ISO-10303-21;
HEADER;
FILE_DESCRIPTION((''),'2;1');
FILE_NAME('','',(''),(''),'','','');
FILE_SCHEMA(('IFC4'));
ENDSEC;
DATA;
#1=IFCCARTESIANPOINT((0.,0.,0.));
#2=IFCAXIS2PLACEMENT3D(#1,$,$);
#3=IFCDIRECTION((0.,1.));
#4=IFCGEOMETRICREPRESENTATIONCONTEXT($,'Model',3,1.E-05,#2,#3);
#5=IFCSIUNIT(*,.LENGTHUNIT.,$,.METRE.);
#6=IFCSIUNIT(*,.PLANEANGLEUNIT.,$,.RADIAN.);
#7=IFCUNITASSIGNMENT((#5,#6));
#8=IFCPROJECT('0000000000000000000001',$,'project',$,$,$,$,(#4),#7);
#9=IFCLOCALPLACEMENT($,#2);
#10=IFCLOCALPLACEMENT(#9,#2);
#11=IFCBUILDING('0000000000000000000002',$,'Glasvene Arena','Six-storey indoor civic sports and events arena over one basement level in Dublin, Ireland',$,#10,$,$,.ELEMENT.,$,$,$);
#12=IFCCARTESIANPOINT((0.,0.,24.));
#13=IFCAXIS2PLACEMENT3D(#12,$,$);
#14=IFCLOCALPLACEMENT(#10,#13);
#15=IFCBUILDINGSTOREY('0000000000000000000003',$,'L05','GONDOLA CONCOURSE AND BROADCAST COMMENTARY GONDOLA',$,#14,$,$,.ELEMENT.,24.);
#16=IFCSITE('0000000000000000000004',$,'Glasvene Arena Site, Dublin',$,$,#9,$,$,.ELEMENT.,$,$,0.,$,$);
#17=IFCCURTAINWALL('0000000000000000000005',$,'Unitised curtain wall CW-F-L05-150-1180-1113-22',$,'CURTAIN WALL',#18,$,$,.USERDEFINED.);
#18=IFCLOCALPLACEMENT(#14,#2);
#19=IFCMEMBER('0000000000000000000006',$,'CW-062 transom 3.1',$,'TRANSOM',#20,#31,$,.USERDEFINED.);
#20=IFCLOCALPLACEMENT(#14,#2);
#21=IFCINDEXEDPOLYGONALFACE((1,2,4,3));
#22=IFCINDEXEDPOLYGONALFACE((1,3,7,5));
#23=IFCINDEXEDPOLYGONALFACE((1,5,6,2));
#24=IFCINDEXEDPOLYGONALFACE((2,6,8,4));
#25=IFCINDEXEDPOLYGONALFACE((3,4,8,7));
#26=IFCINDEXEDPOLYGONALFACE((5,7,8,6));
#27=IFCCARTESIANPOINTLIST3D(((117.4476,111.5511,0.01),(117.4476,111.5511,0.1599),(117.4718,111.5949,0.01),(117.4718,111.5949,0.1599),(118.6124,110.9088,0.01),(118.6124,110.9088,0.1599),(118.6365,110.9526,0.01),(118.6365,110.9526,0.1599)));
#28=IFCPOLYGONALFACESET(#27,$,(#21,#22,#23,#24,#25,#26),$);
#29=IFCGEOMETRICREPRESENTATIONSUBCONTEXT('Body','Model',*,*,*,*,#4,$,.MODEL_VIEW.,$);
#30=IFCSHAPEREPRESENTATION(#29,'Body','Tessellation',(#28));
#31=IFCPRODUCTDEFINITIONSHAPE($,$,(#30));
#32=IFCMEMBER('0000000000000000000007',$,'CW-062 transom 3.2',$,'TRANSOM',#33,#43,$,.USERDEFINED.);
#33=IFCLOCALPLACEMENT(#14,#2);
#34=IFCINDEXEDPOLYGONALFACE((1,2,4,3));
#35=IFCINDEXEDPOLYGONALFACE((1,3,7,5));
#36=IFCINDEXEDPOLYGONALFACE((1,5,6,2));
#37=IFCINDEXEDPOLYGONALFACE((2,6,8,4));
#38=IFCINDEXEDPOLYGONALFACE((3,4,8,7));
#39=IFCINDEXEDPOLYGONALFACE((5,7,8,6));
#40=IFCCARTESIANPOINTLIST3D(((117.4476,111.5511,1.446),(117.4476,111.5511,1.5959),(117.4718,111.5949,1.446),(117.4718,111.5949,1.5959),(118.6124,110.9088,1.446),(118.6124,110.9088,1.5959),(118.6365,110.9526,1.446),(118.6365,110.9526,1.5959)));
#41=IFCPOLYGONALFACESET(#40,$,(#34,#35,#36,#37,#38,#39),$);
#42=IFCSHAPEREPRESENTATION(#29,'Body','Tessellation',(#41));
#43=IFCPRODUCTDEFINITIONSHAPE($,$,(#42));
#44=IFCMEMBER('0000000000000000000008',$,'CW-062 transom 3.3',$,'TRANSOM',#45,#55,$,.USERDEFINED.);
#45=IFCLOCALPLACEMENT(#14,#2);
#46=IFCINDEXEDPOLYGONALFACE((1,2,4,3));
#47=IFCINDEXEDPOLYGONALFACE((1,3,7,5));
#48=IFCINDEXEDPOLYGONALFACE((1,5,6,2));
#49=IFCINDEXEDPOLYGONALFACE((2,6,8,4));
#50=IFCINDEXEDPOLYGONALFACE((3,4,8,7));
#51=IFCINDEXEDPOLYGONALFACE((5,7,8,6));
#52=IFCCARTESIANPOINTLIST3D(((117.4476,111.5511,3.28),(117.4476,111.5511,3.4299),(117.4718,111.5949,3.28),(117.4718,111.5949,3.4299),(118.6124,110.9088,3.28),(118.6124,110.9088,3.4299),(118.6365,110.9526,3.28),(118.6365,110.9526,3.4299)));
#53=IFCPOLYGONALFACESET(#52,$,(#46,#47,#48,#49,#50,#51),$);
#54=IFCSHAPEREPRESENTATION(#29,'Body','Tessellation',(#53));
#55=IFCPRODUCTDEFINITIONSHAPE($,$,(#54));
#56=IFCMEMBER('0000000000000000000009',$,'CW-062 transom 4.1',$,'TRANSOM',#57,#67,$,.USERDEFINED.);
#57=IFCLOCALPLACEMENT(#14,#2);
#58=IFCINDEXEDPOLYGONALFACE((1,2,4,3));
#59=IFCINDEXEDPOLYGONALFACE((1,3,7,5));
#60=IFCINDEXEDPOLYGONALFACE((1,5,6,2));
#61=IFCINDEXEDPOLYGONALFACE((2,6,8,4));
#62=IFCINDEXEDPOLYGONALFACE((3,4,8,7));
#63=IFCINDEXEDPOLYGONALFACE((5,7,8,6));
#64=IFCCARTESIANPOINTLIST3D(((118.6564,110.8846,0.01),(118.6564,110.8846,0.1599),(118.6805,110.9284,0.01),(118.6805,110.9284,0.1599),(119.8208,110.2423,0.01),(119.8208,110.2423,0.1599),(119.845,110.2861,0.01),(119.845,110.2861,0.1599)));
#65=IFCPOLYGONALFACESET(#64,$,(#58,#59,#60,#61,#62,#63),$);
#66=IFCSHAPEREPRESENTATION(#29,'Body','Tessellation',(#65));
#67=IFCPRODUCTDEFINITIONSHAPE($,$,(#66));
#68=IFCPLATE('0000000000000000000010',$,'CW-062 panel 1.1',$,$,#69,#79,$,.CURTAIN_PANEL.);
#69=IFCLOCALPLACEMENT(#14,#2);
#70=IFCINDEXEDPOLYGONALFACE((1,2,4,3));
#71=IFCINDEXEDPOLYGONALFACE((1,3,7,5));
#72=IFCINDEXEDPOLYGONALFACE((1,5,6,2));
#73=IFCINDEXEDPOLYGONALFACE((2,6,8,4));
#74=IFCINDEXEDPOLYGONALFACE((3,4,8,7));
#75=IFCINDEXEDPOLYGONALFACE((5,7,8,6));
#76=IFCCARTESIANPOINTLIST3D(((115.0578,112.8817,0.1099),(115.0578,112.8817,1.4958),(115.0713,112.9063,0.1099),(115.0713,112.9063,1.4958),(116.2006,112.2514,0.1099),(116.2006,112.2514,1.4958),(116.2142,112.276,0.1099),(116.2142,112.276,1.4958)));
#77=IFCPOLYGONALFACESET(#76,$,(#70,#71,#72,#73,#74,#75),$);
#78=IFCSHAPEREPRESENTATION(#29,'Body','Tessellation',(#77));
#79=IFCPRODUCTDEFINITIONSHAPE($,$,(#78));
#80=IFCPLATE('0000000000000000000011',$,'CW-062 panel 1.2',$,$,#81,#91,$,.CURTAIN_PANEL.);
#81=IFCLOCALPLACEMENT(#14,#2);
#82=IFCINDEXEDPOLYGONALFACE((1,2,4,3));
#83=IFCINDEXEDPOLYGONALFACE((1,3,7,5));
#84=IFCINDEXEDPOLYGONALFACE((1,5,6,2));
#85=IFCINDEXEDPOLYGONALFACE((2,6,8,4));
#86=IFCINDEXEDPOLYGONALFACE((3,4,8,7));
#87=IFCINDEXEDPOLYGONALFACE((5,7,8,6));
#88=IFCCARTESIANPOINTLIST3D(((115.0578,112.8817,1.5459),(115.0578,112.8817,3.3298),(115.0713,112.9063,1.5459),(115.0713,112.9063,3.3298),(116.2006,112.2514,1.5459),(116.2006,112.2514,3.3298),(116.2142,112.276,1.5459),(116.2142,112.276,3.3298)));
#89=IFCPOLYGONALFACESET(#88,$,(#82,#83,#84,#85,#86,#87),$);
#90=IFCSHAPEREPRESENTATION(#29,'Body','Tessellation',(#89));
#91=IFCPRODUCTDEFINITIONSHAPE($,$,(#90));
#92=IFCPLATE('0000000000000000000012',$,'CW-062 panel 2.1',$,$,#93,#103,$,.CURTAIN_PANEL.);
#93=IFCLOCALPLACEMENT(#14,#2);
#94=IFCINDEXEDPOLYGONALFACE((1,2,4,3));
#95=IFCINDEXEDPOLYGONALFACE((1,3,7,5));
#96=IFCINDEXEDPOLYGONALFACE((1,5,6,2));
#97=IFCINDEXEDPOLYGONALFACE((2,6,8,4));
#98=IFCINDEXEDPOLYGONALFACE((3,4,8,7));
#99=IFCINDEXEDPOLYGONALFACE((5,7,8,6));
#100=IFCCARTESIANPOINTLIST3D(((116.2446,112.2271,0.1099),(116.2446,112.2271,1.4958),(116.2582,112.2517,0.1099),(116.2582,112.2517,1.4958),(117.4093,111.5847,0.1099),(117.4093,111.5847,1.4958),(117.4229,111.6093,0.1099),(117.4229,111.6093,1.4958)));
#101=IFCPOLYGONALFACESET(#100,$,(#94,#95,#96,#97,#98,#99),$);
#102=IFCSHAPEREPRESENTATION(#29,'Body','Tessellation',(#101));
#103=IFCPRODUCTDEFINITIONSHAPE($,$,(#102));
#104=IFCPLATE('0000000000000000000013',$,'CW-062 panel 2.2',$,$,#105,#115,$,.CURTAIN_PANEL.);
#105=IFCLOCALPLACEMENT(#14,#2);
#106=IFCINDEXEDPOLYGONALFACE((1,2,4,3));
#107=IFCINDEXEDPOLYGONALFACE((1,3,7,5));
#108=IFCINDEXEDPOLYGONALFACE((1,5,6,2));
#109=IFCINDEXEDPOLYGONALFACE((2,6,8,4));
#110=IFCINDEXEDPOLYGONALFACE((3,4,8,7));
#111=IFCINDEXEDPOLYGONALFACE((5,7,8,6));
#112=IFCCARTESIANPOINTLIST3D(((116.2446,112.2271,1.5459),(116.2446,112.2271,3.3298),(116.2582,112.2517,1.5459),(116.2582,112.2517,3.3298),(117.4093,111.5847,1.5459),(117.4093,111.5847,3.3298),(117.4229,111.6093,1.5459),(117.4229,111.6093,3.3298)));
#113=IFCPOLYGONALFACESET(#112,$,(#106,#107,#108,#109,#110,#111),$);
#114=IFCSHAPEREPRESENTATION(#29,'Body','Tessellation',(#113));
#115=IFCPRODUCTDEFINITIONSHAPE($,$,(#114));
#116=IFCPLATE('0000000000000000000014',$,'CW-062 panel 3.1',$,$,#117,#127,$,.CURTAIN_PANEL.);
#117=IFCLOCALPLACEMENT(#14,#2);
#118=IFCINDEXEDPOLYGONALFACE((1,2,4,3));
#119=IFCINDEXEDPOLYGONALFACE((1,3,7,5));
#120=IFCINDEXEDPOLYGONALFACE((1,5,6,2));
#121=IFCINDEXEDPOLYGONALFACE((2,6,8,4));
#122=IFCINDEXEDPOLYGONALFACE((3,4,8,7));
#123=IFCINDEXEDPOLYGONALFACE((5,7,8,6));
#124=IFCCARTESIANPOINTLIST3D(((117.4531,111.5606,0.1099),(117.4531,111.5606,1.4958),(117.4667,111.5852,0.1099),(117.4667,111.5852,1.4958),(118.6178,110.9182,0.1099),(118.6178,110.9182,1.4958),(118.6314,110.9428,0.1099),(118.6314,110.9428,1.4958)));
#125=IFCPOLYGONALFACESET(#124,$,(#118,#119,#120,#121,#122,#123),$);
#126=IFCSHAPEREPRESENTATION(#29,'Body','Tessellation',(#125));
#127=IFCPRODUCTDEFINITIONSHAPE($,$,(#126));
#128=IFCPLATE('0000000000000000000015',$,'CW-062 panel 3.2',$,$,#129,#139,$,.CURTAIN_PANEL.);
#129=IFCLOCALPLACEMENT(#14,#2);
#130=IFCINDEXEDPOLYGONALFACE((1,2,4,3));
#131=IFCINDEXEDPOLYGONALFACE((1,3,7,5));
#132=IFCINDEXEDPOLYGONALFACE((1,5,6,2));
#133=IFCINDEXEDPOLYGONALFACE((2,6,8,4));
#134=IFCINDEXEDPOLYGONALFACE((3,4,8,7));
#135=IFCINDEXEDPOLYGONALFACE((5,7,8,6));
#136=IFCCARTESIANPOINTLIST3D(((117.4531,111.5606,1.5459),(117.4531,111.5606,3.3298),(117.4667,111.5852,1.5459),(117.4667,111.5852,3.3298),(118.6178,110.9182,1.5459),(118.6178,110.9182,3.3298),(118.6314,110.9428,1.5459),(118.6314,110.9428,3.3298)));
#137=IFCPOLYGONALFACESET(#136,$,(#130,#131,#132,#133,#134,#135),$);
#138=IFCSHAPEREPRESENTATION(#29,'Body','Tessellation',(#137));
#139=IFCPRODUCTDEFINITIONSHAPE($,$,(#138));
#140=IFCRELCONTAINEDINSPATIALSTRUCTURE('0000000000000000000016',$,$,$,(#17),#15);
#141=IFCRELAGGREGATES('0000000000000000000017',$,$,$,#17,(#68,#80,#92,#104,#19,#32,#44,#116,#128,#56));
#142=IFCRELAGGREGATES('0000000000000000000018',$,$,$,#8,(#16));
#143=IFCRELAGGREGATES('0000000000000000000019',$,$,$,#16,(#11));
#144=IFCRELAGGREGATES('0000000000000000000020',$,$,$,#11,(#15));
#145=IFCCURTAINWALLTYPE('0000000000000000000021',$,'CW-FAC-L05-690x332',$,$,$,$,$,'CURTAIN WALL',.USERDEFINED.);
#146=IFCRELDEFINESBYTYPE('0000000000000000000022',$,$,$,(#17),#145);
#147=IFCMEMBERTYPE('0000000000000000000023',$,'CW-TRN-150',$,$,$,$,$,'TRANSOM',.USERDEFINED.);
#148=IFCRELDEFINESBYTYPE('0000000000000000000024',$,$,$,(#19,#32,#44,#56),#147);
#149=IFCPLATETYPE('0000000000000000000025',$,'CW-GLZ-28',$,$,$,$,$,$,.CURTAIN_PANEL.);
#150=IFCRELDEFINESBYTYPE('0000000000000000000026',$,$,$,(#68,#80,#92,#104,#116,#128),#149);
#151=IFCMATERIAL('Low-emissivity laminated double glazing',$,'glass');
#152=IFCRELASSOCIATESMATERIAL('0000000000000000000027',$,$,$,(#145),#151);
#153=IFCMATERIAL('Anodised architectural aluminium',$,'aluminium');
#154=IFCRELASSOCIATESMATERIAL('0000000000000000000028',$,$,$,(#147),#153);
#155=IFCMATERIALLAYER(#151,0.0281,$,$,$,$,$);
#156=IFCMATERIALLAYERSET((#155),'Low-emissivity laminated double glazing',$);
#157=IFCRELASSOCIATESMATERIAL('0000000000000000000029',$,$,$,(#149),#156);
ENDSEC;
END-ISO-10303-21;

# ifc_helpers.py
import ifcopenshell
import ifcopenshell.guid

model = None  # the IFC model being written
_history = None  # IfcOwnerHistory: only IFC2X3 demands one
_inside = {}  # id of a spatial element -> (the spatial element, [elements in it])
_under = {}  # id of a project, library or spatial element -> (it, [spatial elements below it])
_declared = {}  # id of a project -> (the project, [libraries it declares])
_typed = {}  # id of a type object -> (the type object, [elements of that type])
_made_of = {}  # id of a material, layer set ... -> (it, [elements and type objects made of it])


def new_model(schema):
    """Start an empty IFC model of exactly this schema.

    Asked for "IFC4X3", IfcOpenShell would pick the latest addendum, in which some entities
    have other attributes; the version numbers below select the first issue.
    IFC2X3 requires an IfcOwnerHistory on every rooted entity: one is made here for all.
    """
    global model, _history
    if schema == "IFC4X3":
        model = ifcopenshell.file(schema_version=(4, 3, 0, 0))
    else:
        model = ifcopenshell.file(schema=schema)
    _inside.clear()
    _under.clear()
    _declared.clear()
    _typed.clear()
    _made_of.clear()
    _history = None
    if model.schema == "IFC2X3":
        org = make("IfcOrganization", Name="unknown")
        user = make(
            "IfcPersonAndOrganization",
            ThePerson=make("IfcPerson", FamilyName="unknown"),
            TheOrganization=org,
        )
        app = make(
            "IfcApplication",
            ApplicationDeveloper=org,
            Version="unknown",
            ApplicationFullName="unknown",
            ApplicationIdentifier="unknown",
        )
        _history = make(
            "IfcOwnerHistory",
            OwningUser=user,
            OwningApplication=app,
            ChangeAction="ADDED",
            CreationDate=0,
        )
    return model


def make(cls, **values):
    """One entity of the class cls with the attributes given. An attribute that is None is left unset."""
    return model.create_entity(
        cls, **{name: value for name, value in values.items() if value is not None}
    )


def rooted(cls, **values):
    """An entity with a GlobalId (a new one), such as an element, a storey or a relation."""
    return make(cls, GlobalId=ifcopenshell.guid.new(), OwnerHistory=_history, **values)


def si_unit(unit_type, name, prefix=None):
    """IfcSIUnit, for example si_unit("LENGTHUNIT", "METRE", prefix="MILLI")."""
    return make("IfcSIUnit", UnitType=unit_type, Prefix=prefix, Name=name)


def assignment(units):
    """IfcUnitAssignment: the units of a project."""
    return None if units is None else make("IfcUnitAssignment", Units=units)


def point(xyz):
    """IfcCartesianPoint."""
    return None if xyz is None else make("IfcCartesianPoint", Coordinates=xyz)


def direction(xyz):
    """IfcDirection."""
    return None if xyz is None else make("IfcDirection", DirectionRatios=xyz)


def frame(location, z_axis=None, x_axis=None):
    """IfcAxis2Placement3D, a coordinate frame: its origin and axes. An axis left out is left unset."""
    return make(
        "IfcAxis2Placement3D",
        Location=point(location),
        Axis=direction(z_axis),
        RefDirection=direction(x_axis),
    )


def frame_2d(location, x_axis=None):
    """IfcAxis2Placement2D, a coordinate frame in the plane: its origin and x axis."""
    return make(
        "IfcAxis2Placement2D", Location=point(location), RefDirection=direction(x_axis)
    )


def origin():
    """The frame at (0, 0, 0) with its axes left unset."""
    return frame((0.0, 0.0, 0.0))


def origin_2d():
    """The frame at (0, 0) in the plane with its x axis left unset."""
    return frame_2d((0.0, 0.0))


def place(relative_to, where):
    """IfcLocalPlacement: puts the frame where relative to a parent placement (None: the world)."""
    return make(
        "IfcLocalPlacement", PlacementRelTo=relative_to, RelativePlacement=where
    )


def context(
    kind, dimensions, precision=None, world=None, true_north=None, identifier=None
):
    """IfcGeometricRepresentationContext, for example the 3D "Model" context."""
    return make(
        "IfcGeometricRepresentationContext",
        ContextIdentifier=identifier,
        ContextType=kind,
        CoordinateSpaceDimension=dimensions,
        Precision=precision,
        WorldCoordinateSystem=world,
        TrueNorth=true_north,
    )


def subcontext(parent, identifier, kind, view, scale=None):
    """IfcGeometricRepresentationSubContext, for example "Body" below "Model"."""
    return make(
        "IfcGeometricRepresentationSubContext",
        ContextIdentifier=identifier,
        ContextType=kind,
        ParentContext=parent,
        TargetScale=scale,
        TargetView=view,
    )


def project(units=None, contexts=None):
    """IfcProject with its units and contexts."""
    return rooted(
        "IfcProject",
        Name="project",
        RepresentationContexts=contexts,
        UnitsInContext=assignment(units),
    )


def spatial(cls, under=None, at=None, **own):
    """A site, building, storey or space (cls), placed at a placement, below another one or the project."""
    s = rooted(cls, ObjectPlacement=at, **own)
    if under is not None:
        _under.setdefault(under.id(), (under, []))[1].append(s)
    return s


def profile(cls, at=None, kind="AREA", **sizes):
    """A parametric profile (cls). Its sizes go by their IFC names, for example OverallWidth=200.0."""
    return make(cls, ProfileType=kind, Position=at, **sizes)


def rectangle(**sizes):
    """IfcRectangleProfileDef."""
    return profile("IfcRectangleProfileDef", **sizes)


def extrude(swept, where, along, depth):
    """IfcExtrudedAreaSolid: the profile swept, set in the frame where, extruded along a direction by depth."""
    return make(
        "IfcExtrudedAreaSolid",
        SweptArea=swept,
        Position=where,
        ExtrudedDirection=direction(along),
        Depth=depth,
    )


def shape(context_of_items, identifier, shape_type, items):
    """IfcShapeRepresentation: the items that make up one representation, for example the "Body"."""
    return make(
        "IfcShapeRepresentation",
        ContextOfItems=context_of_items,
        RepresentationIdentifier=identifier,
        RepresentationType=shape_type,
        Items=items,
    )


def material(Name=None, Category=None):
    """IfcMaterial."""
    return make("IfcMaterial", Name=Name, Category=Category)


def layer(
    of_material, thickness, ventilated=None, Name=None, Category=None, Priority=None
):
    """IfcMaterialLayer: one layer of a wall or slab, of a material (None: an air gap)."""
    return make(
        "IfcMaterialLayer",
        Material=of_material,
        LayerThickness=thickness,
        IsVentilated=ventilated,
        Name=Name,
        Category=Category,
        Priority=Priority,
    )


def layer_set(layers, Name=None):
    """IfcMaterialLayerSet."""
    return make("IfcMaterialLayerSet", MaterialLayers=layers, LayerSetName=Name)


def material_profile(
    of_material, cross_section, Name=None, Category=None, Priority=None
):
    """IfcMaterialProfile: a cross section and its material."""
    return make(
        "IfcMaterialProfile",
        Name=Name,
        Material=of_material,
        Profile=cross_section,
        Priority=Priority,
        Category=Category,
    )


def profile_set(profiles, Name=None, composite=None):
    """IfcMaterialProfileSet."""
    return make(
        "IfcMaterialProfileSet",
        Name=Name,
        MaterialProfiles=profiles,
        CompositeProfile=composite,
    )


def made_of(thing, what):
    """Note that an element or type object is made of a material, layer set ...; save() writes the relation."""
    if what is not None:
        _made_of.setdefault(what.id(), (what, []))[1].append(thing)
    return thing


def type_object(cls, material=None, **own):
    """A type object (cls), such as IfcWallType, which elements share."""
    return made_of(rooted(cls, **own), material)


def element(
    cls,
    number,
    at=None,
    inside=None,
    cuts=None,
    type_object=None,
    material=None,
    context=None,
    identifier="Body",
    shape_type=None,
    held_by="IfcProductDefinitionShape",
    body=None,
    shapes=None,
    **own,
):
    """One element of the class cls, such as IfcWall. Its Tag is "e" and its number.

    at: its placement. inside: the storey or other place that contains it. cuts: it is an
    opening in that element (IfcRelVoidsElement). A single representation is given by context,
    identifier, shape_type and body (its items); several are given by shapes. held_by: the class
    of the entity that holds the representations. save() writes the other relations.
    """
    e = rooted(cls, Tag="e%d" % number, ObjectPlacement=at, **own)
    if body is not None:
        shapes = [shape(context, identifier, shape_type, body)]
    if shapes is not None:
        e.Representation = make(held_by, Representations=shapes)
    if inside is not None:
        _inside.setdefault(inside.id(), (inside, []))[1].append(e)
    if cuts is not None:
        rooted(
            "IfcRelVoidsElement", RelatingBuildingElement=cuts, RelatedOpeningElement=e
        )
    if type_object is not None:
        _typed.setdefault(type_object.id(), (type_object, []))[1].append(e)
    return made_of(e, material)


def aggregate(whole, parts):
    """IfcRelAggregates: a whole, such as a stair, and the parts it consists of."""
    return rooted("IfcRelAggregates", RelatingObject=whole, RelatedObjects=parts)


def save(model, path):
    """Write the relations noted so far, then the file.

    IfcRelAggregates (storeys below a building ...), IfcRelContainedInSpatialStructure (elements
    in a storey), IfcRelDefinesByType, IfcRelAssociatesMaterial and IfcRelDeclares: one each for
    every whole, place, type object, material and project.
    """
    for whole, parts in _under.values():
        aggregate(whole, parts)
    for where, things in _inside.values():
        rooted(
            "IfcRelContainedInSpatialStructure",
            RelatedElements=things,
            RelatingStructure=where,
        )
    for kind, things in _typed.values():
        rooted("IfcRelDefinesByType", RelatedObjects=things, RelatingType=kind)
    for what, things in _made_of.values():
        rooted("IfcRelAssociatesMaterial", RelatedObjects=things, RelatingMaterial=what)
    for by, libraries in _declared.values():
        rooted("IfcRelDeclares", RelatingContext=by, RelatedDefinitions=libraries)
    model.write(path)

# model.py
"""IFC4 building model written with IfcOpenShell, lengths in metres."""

from ifc_helpers import new_model, si_unit, direction, frame, origin, origin_2d, place, context, subcontext, project, spatial, rectangle, extrude, material, layer, layer_set, material_profile, profile_set, type_object, element, aggregate, save


model = new_model("IFC4")

# Units and contexts
model_context = context("Model", 3, precision=1e-05, world=origin(), true_north=direction((0.0, 1.0)))
body_context = subcontext(model_context, "Body", "Model", "MODEL_VIEW")
ifc_project = project(units=[si_unit("LENGTHUNIT", "METRE"), si_unit("PLANEANGLEUNIT", "RADIAN")], contexts=[model_context])

# Site, building, storey
site_placement = place(None, origin())
site = spatial("IfcSite", under=ifc_project, at=site_placement, Name="Glasvene Arena Site, Dublin", CompositionType="ELEMENT", RefElevation=0.0)
building_placement = place(site_placement, origin())
building = spatial("IfcBuilding", under=site, at=building_placement, Name="Glasvene Arena", Description="Six-storey indoor civic sports and events arena over one basement level in Dublin, Ireland", CompositionType="ELEMENT")
storey_placement = place(building_placement, frame((0.0, 0.0, 24.0)))
storey = spatial("IfcBuildingStorey", under=building, at=storey_placement, Name="L05", Description="GONDOLA CONCOURSE AND BROADCAST COMMENTARY GONDOLA", CompositionType="ELEMENT", Elevation=24.0)

# Shared definitions
ifc_material_1 = material(Name="Low-emissivity laminated double glazing", Category="glass")
ifc_material_2 = material(Name="Anodised architectural aluminium", Category="aluminium")

# Curtain wall, members, plates
curtain_wall_type_1 = type_object("IfcCurtainWallType", Name="CW-FAC-L05-690x332", ElementType="CURTAIN WALL", PredefinedType="USERDEFINED", material=ifc_material_1)
curtain_wall_1_placement = place(storey_placement, frame((115.021, 112.9182, 0.0)))
curtain_wall_1 = element("IfcCurtainWall", 1, at=curtain_wall_1_placement, inside=storey, type_object=curtain_wall_type_1, Name="Unitised curtain wall CW-F-L05-150-1180-1113-22", ObjectType="CURTAIN WALL", PredefinedType="USERDEFINED")
ifc_material_profile_1 = material_profile(ifc_material_2, rectangle(XDim=0.05, YDim=0.1499, at=origin_2d()), Name="ALU TRANSOM 50x150")
ifc_profile_set_1 = profile_set([ifc_material_profile_1], Name="Anodised architectural aluminium")
member_type_1 = type_object("IfcMemberType", Name="CW-TRN-150", ElementType="TRANSOM", PredefinedType="USERDEFINED", material=ifc_profile_set_1)
member_1_placement = place(storey_placement, frame((117.4597, 111.573, 0.085), z_axis=(0.875677, -0.482898, 0.0), x_axis=(0.482898, 0.875677, 0.0)))
member_1 = element("IfcMember", 2, at=member_1_placement, type_object=member_type_1, Name="CW-062 transom 3.1", ObjectType="TRANSOM", PredefinedType="USERDEFINED", context=body_context, shape_type="SweptSolid", body=[
    extrude(rectangle(XDim=0.05, YDim=0.1499, at=origin_2d()), origin(), (0.0, 0.0, 1.0), 1.3301),
])
member_2_placement = place(storey_placement, frame((117.4597, 111.573, 1.521), z_axis=(0.875677, -0.482898, 0.0), x_axis=(0.482898, 0.875677, 0.0)))
member_2 = element("IfcMember", 3, at=member_2_placement, type_object=member_type_1, Name="CW-062 transom 3.2", ObjectType="TRANSOM", PredefinedType="USERDEFINED", context=body_context, shape_type="SweptSolid", body=[
    extrude(rectangle(XDim=0.05, YDim=0.1499, at=origin_2d()), origin(), (0.0, 0.0, 1.0), 1.3301),
])
member_3_placement = place(storey_placement, frame((117.4597, 111.573, 3.355), z_axis=(0.875677, -0.482898, 0.0), x_axis=(0.482898, 0.875677, 0.0)))
member_3 = element("IfcMember", 4, at=member_3_placement, type_object=member_type_1, Name="CW-062 transom 3.3", ObjectType="TRANSOM", PredefinedType="USERDEFINED", context=body_context, shape_type="SweptSolid", body=[
    extrude(rectangle(XDim=0.05, YDim=0.1499, at=origin_2d()), origin(), (0.0, 0.0, 1.0), 1.3301),
])
member_4_placement = place(storey_placement, frame((118.6685, 110.9065, 0.085), z_axis=(0.875634, -0.482975, 0.0), x_axis=(0.482975, 0.875634, 0.0)))
member_4 = element("IfcMember", 5, at=member_4_placement, type_object=member_type_1, Name="CW-062 transom 4.1", ObjectType="TRANSOM", PredefinedType="USERDEFINED", context=body_context, shape_type="SweptSolid", body=[
    extrude(rectangle(XDim=0.05, YDim=0.1499, at=origin_2d()), origin(), (0.0, 0.0, 1.0), 1.3298),
])
ifc_layer = layer(ifc_material_1, 0.0281)
ifc_layer_set = layer_set([ifc_layer], Name="Low-emissivity laminated double glazing")
plate_type = type_object("IfcPlateType", Name="CW-GLZ-28", PredefinedType="CURTAIN_PANEL", material=ifc_layer_set)
plate_1_placement = place(storey_placement, frame((115.636, 112.5789, 0.1099), z_axis=(0.0, 0.0, 1.0), x_axis=(0.875654, -0.482939, 0.0)))
plate_1 = element("IfcPlate", 6, at=plate_1_placement, type_object=plate_type, Name="CW-062 panel 1.1", PredefinedType="CURTAIN_PANEL", context=body_context, shape_type="SweptSolid", body=[
    extrude(rectangle(XDim=1.3052, YDim=0.0281, at=origin_2d()), origin(), (0.0, 0.0, 1.0), 1.386),
])
plate_2_placement = place(storey_placement, frame((115.636, 112.5789, 1.5459), z_axis=(0.0, 0.0, 1.0), x_axis=(0.875654, -0.482939, 0.0)))
plate_2 = element("IfcPlate", 7, at=plate_2_placement, type_object=plate_type, Name="CW-062 panel 1.2", PredefinedType="CURTAIN_PANEL", context=body_context, shape_type="SweptSolid", body=[
    extrude(rectangle(XDim=1.3052, YDim=0.0281, at=origin_2d()), origin(), (0.0, 0.0, 1.0), 1.7839),
])
plate_3_placement = place(storey_placement, frame((116.8337, 111.9182, 0.1099), z_axis=(0.0, 0.0, 1.0), x_axis=(0.875654, -0.482939, 0.0)))
plate_3 = element("IfcPlate", 8, at=plate_3_placement, type_object=plate_type, Name="CW-062 panel 2.1", PredefinedType="CURTAIN_PANEL", context=body_context, shape_type="SweptSolid", body=[
    extrude(rectangle(XDim=1.3301, YDim=0.0281, at=origin_2d()), origin(), (0.0, 0.0, 1.0), 1.386),
])
plate_4_placement = place(storey_placement, frame((116.8337, 111.9182, 1.5459), z_axis=(0.0, 0.0, 1.0), x_axis=(0.875654, -0.482939, 0.0)))
plate_4 = element("IfcPlate", 9, at=plate_4_placement, type_object=plate_type, Name="CW-062 panel 2.2", PredefinedType="CURTAIN_PANEL", context=body_context, shape_type="SweptSolid", body=[
    extrude(rectangle(XDim=1.3301, YDim=0.0281, at=origin_2d()), origin(), (0.0, 0.0, 1.0), 1.7839),
])
plate_5_placement = place(storey_placement, frame((118.0422, 111.2517, 0.1099), z_axis=(0.0, 0.0, 1.0), x_axis=(0.875654, -0.482939, 0.0)))
plate_5 = element("IfcPlate", 10, at=plate_5_placement, type_object=plate_type, Name="CW-062 panel 3.1", PredefinedType="CURTAIN_PANEL", context=body_context, shape_type="SweptSolid", body=[
    extrude(rectangle(XDim=1.3301, YDim=0.0281, at=origin_2d()), origin(), (0.0, 0.0, 1.0), 1.386),
])
plate_6_placement = place(storey_placement, frame((118.0422, 111.2517, 1.5459), z_axis=(0.0, 0.0, 1.0), x_axis=(0.875654, -0.482939, 0.0)))
plate_6 = element("IfcPlate", 11, at=plate_6_placement, type_object=plate_type, Name="CW-062 panel 3.2", PredefinedType="CURTAIN_PANEL", context=body_context, shape_type="SweptSolid", body=[
    extrude(rectangle(XDim=1.3301, YDim=0.0281, at=origin_2d()), origin(), (0.0, 0.0, 1.0), 1.7839),
])
aggregate(curtain_wall_1, [plate_1, plate_2, plate_3, plate_4, member_1, member_2, member_3, plate_5, plate_6, member_4])

save(model, "model.ifc")
